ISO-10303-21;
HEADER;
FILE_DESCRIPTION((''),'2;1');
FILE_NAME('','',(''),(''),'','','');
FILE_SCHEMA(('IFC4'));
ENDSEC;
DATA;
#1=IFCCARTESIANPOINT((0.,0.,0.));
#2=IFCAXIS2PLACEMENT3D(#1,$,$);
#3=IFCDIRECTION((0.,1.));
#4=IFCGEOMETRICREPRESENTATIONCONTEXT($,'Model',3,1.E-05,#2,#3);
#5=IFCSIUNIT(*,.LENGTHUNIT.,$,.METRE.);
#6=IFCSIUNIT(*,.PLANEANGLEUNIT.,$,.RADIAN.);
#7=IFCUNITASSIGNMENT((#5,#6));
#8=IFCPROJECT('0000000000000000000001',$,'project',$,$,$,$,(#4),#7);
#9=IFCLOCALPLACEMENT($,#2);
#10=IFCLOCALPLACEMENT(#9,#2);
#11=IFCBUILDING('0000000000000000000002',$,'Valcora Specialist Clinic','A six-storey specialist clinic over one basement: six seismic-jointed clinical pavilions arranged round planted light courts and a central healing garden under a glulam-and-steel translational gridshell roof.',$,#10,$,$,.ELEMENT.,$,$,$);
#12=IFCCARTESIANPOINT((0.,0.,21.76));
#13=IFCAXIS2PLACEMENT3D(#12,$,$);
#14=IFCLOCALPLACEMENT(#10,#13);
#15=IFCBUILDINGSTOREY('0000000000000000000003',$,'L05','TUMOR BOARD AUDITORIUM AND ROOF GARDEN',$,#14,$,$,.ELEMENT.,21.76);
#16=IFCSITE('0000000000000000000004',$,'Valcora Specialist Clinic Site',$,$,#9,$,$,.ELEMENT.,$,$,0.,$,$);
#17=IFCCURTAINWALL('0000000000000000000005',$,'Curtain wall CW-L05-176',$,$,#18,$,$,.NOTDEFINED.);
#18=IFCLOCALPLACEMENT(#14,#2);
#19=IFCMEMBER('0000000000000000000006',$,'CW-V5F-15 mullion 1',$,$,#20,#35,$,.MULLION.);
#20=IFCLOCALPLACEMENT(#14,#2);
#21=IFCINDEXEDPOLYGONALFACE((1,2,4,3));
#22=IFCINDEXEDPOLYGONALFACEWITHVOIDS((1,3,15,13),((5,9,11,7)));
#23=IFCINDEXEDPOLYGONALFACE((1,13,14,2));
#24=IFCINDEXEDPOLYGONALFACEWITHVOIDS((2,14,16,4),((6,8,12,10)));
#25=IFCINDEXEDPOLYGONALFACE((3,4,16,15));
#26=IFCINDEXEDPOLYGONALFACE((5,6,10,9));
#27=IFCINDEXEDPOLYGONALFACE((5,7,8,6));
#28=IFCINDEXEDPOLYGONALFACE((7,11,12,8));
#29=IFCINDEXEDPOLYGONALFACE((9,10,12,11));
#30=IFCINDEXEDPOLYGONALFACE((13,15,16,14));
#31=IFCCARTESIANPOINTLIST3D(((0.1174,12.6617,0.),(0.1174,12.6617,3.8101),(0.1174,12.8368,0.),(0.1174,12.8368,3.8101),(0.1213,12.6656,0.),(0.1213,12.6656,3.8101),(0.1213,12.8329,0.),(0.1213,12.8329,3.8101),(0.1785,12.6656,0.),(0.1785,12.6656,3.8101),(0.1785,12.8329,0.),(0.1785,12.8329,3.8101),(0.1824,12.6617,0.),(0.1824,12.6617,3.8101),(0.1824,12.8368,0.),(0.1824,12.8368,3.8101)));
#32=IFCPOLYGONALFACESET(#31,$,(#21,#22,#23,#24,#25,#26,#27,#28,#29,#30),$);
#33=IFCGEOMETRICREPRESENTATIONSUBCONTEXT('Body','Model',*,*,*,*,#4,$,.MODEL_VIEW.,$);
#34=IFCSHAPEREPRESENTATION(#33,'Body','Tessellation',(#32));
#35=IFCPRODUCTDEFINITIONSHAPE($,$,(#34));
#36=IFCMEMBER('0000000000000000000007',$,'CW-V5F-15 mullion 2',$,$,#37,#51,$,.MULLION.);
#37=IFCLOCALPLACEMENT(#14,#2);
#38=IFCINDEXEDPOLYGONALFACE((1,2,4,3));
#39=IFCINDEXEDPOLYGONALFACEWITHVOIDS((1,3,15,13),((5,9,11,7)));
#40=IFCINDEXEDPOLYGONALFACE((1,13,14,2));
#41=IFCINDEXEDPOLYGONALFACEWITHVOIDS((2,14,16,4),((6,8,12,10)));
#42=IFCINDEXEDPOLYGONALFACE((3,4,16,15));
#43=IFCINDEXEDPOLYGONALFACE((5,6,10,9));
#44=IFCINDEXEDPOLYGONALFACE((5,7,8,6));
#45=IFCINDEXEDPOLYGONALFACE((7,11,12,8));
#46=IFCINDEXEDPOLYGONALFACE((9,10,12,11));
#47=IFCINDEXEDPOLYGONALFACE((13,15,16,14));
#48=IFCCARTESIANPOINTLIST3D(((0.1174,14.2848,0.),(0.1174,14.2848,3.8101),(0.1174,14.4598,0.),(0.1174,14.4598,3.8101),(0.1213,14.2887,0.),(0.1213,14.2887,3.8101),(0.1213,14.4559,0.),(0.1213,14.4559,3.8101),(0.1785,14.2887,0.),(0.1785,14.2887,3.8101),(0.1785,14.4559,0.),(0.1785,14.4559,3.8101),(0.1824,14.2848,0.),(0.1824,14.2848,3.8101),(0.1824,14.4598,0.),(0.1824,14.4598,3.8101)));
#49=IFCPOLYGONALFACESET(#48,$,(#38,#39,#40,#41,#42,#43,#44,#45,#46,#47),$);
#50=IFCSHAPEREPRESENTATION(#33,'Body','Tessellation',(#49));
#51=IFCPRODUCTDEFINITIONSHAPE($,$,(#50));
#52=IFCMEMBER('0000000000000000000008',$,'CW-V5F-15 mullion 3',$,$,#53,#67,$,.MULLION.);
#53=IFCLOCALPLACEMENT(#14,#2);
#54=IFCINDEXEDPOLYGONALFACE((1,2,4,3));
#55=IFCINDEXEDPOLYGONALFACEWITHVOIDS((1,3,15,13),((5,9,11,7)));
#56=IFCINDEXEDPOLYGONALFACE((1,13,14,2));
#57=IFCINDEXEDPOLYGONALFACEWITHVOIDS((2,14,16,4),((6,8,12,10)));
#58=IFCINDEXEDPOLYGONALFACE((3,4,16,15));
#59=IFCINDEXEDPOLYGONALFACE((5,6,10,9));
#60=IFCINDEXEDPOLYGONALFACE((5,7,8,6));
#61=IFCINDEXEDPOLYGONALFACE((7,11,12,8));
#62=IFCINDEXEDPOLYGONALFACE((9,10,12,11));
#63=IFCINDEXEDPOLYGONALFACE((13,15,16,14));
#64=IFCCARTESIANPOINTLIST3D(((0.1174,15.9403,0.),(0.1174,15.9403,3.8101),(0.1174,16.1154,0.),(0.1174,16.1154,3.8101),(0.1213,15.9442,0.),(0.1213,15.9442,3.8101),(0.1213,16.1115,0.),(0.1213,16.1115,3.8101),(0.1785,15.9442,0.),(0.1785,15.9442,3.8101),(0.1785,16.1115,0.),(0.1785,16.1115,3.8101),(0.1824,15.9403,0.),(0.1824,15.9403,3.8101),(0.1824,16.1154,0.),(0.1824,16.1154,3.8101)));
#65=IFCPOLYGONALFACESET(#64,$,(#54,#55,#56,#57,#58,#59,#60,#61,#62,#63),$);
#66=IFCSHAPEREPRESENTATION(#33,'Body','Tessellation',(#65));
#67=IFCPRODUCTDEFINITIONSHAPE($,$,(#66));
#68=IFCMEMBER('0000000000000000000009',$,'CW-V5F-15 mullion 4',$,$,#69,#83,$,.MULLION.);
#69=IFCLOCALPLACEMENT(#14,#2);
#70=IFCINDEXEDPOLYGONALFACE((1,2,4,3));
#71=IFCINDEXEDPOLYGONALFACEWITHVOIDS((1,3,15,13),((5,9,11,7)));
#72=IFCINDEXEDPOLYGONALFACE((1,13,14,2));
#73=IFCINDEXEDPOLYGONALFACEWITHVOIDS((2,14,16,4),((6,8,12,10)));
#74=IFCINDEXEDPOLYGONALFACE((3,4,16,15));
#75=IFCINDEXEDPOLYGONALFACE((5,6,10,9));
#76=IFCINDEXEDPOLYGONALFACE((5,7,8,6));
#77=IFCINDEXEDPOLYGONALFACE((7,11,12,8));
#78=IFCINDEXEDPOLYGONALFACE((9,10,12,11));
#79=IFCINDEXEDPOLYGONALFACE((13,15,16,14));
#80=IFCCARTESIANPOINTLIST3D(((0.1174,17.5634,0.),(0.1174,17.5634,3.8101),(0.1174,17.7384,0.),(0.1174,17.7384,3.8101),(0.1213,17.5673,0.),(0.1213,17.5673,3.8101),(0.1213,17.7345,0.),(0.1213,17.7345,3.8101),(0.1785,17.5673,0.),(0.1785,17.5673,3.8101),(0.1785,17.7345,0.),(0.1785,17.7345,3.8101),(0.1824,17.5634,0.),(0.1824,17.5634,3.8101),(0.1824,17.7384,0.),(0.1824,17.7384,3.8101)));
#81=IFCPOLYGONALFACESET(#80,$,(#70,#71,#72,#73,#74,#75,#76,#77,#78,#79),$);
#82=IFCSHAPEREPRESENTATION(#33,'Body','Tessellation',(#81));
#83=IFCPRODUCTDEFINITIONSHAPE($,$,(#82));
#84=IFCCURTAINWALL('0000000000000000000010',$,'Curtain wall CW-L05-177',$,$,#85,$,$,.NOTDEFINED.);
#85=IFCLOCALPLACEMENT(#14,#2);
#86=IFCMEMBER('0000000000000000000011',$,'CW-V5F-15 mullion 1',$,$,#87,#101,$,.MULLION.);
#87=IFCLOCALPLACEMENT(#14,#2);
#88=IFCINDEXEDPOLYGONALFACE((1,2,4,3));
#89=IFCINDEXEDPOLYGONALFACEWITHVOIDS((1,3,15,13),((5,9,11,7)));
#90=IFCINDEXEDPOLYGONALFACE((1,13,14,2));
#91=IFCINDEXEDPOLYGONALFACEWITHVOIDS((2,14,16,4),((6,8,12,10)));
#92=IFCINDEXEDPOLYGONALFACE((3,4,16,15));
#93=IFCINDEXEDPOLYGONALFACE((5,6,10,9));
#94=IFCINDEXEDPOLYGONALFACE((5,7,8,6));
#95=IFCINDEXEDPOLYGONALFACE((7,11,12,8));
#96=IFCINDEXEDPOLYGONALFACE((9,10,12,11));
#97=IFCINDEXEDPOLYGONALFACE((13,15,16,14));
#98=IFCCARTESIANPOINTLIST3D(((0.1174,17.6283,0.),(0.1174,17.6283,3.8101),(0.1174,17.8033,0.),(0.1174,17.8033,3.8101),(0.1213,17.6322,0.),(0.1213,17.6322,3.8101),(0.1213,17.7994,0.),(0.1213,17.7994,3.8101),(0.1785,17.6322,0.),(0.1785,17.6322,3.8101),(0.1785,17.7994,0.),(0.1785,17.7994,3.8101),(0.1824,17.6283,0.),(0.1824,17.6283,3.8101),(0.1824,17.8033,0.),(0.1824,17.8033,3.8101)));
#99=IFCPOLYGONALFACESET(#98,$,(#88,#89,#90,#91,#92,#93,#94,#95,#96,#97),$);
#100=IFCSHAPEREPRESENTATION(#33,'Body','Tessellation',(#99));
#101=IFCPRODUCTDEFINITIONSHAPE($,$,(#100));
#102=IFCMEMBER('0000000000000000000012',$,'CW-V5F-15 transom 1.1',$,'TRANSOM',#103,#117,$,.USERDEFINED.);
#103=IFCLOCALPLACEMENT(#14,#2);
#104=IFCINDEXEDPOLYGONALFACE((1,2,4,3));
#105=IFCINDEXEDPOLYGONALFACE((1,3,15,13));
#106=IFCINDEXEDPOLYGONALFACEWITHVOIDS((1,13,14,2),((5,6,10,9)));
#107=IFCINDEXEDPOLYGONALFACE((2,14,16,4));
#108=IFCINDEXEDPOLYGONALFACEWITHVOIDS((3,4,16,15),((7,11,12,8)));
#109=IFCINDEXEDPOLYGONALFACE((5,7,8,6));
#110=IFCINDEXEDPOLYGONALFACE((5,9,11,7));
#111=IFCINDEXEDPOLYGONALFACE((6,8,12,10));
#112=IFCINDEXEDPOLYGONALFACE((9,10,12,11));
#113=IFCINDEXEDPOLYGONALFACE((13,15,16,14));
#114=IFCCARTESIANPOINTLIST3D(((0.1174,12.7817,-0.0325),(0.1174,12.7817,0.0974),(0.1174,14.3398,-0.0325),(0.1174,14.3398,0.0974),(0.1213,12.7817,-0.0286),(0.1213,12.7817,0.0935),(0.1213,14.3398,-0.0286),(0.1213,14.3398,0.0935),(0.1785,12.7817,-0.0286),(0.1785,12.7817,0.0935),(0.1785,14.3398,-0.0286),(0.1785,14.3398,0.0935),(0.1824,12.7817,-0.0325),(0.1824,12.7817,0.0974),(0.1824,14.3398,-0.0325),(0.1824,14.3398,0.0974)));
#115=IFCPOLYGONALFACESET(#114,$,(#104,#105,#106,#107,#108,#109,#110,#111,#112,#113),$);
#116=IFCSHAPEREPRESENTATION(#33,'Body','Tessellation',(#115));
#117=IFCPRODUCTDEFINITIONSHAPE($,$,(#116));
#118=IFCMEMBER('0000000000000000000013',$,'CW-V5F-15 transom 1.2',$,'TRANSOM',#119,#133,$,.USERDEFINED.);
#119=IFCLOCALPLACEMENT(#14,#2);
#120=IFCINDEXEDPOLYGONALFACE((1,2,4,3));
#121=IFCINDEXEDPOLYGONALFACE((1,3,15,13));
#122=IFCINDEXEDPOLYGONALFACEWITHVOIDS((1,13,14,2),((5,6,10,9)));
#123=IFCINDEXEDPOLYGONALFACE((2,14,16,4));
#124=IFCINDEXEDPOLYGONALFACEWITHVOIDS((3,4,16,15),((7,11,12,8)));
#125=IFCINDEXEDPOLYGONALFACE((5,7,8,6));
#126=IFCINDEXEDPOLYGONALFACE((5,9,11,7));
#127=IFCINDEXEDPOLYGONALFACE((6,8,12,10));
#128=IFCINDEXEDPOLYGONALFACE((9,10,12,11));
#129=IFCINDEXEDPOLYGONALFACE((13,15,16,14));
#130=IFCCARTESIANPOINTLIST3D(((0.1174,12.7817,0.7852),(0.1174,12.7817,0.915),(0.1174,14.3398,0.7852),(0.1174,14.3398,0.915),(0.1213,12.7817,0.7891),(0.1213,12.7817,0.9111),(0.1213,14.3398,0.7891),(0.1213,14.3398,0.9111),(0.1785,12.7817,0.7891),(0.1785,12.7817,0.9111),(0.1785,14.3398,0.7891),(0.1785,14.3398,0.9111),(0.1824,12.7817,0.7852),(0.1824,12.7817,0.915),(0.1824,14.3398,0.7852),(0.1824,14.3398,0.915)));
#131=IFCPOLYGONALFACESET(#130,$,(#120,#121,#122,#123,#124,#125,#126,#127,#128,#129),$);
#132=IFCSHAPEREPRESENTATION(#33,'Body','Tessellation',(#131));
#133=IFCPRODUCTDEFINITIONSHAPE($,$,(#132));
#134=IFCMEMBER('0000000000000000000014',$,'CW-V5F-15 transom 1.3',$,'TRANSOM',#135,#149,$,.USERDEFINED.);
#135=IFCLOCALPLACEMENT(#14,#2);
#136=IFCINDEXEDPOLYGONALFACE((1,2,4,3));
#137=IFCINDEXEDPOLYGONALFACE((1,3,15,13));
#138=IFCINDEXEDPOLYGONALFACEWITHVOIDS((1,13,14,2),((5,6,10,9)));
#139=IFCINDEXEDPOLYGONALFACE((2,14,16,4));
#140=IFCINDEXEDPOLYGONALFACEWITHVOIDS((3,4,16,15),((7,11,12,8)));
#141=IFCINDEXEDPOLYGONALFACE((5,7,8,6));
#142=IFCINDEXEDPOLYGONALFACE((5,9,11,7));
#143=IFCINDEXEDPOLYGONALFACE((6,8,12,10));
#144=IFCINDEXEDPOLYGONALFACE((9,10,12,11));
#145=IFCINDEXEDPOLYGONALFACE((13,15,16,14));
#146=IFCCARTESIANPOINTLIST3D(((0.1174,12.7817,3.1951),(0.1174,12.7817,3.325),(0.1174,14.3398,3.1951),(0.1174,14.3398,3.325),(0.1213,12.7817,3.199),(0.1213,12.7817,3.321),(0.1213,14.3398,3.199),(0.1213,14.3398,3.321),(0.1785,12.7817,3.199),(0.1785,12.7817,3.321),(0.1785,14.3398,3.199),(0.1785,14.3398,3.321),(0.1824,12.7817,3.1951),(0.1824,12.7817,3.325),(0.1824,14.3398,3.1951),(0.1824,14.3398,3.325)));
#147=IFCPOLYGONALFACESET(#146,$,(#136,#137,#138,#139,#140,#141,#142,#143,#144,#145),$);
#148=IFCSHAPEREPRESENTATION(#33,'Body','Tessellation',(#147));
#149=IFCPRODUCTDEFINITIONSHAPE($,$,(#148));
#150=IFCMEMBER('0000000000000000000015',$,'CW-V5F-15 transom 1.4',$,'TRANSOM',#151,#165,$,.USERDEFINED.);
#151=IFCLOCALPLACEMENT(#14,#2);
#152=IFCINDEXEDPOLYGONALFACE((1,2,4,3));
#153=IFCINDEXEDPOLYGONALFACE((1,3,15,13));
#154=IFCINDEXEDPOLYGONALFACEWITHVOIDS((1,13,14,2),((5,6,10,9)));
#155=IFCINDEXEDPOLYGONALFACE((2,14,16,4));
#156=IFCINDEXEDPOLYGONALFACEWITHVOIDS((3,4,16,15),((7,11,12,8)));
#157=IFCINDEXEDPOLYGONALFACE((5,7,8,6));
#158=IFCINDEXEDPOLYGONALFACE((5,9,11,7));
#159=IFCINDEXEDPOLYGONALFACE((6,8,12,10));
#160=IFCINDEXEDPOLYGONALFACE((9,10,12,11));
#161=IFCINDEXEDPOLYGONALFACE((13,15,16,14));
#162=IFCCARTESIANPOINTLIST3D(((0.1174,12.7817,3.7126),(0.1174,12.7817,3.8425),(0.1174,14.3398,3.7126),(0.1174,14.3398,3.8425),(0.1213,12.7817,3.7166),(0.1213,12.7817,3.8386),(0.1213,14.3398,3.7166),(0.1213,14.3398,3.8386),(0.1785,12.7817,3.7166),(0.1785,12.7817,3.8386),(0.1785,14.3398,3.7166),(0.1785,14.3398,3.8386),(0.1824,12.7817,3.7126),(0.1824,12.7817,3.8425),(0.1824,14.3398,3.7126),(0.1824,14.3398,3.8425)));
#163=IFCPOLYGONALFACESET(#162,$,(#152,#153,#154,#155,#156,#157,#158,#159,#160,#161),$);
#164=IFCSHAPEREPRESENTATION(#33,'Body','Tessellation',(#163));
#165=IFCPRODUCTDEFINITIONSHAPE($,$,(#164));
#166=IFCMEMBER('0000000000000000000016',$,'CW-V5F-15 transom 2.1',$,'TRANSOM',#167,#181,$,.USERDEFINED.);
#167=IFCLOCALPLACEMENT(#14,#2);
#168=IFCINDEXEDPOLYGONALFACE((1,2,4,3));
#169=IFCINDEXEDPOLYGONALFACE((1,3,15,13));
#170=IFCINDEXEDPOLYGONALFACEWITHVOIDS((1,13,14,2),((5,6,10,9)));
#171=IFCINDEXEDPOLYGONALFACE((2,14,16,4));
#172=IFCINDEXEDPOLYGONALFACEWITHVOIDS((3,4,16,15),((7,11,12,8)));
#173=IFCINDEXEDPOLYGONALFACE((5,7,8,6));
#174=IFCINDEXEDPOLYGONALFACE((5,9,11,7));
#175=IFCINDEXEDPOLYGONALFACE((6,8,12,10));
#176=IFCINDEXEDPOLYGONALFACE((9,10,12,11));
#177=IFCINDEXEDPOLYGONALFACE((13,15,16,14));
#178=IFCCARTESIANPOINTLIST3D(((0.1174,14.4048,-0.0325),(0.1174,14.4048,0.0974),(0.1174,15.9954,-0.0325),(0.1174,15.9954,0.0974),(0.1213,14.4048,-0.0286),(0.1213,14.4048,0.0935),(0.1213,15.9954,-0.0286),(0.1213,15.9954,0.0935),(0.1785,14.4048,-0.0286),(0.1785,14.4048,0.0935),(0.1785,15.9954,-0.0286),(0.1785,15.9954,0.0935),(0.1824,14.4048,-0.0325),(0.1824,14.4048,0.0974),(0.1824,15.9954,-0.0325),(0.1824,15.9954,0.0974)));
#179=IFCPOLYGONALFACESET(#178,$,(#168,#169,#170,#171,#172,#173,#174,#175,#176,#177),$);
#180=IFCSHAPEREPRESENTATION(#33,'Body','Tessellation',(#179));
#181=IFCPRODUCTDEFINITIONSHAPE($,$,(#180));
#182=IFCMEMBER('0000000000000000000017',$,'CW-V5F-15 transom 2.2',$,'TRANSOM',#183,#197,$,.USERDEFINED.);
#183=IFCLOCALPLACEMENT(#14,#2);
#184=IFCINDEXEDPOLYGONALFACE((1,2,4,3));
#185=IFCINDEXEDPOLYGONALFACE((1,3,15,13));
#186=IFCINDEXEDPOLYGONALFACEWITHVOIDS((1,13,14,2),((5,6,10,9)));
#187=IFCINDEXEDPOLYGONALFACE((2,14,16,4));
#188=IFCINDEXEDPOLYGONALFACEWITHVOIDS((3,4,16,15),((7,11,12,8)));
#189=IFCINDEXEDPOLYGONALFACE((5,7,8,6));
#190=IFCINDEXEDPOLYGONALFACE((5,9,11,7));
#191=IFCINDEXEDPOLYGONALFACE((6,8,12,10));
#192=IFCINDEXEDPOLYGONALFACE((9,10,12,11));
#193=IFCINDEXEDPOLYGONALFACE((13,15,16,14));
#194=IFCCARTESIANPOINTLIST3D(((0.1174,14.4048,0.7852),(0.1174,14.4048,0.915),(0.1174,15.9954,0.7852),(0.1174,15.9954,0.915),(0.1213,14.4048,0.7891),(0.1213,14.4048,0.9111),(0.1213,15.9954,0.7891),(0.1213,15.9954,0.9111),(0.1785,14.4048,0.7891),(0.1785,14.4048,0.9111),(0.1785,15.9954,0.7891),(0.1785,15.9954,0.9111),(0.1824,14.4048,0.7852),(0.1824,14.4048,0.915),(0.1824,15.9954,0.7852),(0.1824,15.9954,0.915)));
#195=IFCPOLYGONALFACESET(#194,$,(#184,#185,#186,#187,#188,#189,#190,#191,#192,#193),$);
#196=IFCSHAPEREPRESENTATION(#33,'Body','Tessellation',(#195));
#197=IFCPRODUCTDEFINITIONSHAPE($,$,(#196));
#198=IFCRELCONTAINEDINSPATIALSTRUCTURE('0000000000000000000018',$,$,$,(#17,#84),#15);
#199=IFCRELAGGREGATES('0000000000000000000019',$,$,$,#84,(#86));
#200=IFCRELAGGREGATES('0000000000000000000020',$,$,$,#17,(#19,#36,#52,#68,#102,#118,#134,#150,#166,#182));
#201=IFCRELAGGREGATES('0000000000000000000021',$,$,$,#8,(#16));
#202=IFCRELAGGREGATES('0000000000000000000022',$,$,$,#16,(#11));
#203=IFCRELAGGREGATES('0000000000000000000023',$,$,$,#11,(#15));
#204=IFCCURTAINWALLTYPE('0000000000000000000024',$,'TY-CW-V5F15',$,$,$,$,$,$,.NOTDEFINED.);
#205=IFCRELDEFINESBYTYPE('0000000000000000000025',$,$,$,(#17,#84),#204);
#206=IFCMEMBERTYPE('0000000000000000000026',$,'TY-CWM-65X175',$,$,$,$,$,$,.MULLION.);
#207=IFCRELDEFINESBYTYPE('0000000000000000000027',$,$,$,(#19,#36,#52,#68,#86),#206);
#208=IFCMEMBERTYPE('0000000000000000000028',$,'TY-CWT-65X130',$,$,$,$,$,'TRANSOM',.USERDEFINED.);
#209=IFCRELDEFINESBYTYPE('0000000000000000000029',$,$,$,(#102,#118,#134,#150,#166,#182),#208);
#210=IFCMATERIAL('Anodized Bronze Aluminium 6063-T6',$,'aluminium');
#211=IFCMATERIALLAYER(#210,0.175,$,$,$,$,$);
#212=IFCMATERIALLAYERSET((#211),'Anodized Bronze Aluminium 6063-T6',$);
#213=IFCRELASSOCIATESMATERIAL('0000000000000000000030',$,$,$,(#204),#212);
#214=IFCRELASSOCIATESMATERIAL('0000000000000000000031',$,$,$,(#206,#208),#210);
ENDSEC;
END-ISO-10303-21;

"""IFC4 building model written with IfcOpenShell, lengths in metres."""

from ifc_helpers import new_model, si_unit, direction, frame, origin, origin_2d, place, context, subcontext, project, spatial, hollow_rectangle, extrude, material, layer, layer_set, material_profile, profile_set, type_object, element, aggregate, save


model = new_model("IFC4")

# Units and contexts
model_context = context("Model", 3, precision=1e-05, world=origin(), true_north=direction((0.0, 1.0)))
body_context = subcontext(model_context, "Body", "Model", "MODEL_VIEW")
ifc_project = project(units=[si_unit("LENGTHUNIT", "METRE"), si_unit("PLANEANGLEUNIT", "RADIAN")], contexts=[model_context])

# Site, building, storey
site_placement = place(None, origin())
site = spatial("IfcSite", under=ifc_project, at=site_placement, Name="Valcora Specialist Clinic Site", CompositionType="ELEMENT", RefElevation=0.0)
building_placement = place(site_placement, origin())
building = spatial("IfcBuilding", under=site, at=building_placement, Name="Valcora Specialist Clinic", Description="A six-storey specialist clinic over one basement: six seismic-jointed clinical pavilions arranged round planted light courts and a central healing garden under a glulam-and-steel translational gridshell roof.", CompositionType="ELEMENT")
storey_placement = place(building_placement, frame((0.0, 0.0, 21.76)))
storey = spatial("IfcBuildingStorey", under=building, at=storey_placement, Name="L05", Description="TUMOR BOARD AUDITORIUM AND ROOF GARDEN", CompositionType="ELEMENT", Elevation=21.76)

# Curtain wall, members
ifc_material_1 = material(Name="Anodized Bronze Aluminium 6063-T6", Category="aluminium")
ifc_layer_1 = layer(ifc_material_1, 0.175)
ifc_layer_set_1 = layer_set([ifc_layer_1], Name="Anodized Bronze Aluminium 6063-T6")
curtain_wall_type = type_object("IfcCurtainWallType", Name="TY-CW-V5F15", PredefinedType="NOTDEFINED", material=ifc_layer_set_1)
curtain_wall_1_placement = place(storey_placement, origin())
curtain_wall_1 = element("IfcCurtainWall", 1, at=curtain_wall_1_placement, inside=storey, type_object=curtain_wall_type, Name="Curtain wall CW-L05-176", PredefinedType="NOTDEFINED")
ifc_material_profile_1 = material_profile(ifc_material_1, hollow_rectangle(XDim=0.0649, YDim=0.175, WallThickness=0.0039, at=origin_2d()), Name="AL-MUL-65X175")
ifc_profile_set_1 = profile_set([ifc_material_profile_1], Name="Anodized Bronze Aluminium 6063-T6")
member_type_1 = type_object("IfcMemberType", Name="TY-CWM-65X175", PredefinedType="MULLION", material=ifc_profile_set_1)
member_1_placement = place(storey_placement, frame((0.1499, 12.7493, 0.0), z_axis=(0.0, 0.0, 1.0), x_axis=(-1.0, 0.0, 0.0)))
member_1 = element("IfcMember", 2, at=member_1_placement, type_object=member_type_1, Name="CW-V5F-15 mullion 1", PredefinedType="MULLION", context=body_context, shape_type="SweptSolid", body=[
    extrude(hollow_rectangle(XDim=0.0649, YDim=0.175, WallThickness=0.0039, at=origin_2d()), origin(), (0.0, 0.0, 1.0), 3.8101),
])
member_2_placement = place(storey_placement, frame((0.1499, 14.3723, 0.0), z_axis=(0.0, 0.0, 1.0), x_axis=(-1.0, 0.0, 0.0)))
member_2 = element("IfcMember", 3, at=member_2_placement, type_object=member_type_1, Name="CW-V5F-15 mullion 2", PredefinedType="MULLION", context=body_context, shape_type="SweptSolid", body=[
    extrude(hollow_rectangle(XDim=0.0649, YDim=0.175, WallThickness=0.0039, at=origin_2d()), origin(), (0.0, 0.0, 1.0), 3.8101),
])
member_3_placement = place(storey_placement, frame((0.1499, 16.0278, 0.0), z_axis=(0.0, 0.0, 1.0), x_axis=(-1.0, 0.0, 0.0)))
member_3 = element("IfcMember", 4, at=member_3_placement, type_object=member_type_1, Name="CW-V5F-15 mullion 3", PredefinedType="MULLION", context=body_context, shape_type="SweptSolid", body=[
    extrude(hollow_rectangle(XDim=0.0649, YDim=0.175, WallThickness=0.0039, at=origin_2d()), origin(), (0.0, 0.0, 1.0), 3.8101),
])
member_4_placement = place(storey_placement, frame((0.1499, 17.6509, 0.0), z_axis=(0.0, 0.0, 1.0), x_axis=(-1.0, 0.0, 0.0)))
member_4 = element("IfcMember", 5, at=member_4_placement, type_object=member_type_1, Name="CW-V5F-15 mullion 4", PredefinedType="MULLION", context=body_context, shape_type="SweptSolid", body=[
    extrude(hollow_rectangle(XDim=0.0649, YDim=0.175, WallThickness=0.0039, at=origin_2d()), origin(), (0.0, 0.0, 1.0), 3.8101),
])

# Curtain wall, member
curtain_wall_2_placement = place(storey_placement, origin())
curtain_wall_2 = element("IfcCurtainWall", 6, at=curtain_wall_2_placement, inside=storey, type_object=curtain_wall_type, Name="Curtain wall CW-L05-177", PredefinedType="NOTDEFINED")
member_5_placement = place(storey_placement, frame((0.1499, 17.7158, 0.0), z_axis=(0.0, 0.0, 1.0), x_axis=(-1.0, 0.0, 0.0)))
member_5 = element("IfcMember", 7, at=member_5_placement, type_object=member_type_1, Name="CW-V5F-15 mullion 1", PredefinedType="MULLION", context=body_context, shape_type="SweptSolid", body=[
    extrude(hollow_rectangle(XDim=0.0649, YDim=0.175, WallThickness=0.0039, at=origin_2d()), origin(), (0.0, 0.0, 1.0), 3.8101),
])

# Members
ifc_material_profile_2 = material_profile(ifc_material_1, hollow_rectangle(XDim=0.0649, YDim=0.1299, WallThickness=0.0039, at=origin_2d()), Name="AL-TRN-65X130")
ifc_profile_set_2 = profile_set([ifc_material_profile_2], Name="Anodized Bronze Aluminium 6063-T6")
member_type_2 = type_object("IfcMemberType", Name="TY-CWT-65X130", ElementType="TRANSOM", PredefinedType="USERDEFINED", material=ifc_profile_set_2)
member_6_placement = place(storey_placement, frame((0.1499, 12.7817, 0.0325), z_axis=(0.0, 1.0, 0.0), x_axis=(-1.0, 0.0, 0.0)))
member_6 = element("IfcMember", 8, at=member_6_placement, type_object=member_type_2, Name="CW-V5F-15 transom 1.1", ObjectType="TRANSOM", PredefinedType="USERDEFINED", context=body_context, shape_type="SweptSolid", body=[
    extrude(hollow_rectangle(XDim=0.0649, YDim=0.1299, WallThickness=0.0039, at=origin_2d()), origin(), (0.0, 0.0, 1.0), 1.5581),
])
member_7_placement = place(storey_placement, frame((0.1499, 12.7817, 0.8501), z_axis=(0.0, 1.0, 0.0), x_axis=(-1.0, 0.0, 0.0)))
member_7 = element("IfcMember", 9, at=member_7_placement, type_object=member_type_2, Name="CW-V5F-15 transom 1.2", ObjectType="TRANSOM", PredefinedType="USERDEFINED", context=body_context, shape_type="SweptSolid", body=[
    extrude(hollow_rectangle(XDim=0.0649, YDim=0.1299, WallThickness=0.0039, at=origin_2d()), origin(), (0.0, 0.0, 1.0), 1.5581),
])
member_8_placement = place(storey_placement, frame((0.1499, 12.7817, 3.26), z_axis=(0.0, 1.0, 0.0), x_axis=(-1.0, 0.0, 0.0)))
member_8 = element("IfcMember", 10, at=member_8_placement, type_object=member_type_2, Name="CW-V5F-15 transom 1.3", ObjectType="TRANSOM", PredefinedType="USERDEFINED", context=body_context, shape_type="SweptSolid", body=[
    extrude(hollow_rectangle(XDim=0.0649, YDim=0.1299, WallThickness=0.0039, at=origin_2d()), origin(), (0.0, 0.0, 1.0), 1.5581),
])
member_9_placement = place(storey_placement, frame((0.1499, 12.7817, 3.7776), z_axis=(0.0, 1.0, 0.0), x_axis=(-1.0, 0.0, 0.0)))
member_9 = element("IfcMember", 11, at=member_9_placement, type_object=member_type_2, Name="CW-V5F-15 transom 1.4", ObjectType="TRANSOM", PredefinedType="USERDEFINED", context=body_context, shape_type="SweptSolid", body=[
    extrude(hollow_rectangle(XDim=0.0649, YDim=0.1299, WallThickness=0.0039, at=origin_2d()), origin(), (0.0, 0.0, 1.0), 1.5581),
])
member_10_placement = place(storey_placement, frame((0.1499, 14.4048, 0.0325), z_axis=(0.0, 1.0, 0.0), x_axis=(-1.0, 0.0, 0.0)))
member_10 = element("IfcMember", 12, at=member_10_placement, type_object=member_type_2, Name="CW-V5F-15 transom 2.1", ObjectType="TRANSOM", PredefinedType="USERDEFINED", context=body_context, shape_type="SweptSolid", body=[
    extrude(hollow_rectangle(XDim=0.0649, YDim=0.1299, WallThickness=0.0039, at=origin_2d()), origin(), (0.0, 0.0, 1.0), 1.5906),
])
member_11_placement = place(storey_placement, frame((0.1499, 14.4048, 0.8501), z_axis=(0.0, 1.0, 0.0), x_axis=(-1.0, 0.0, 0.0)))
member_11 = element("IfcMember", 13, at=member_11_placement, type_object=member_type_2, Name="CW-V5F-15 transom 2.2", ObjectType="TRANSOM", PredefinedType="USERDEFINED", context=body_context, shape_type="SweptSolid", body=[
    extrude(hollow_rectangle(XDim=0.0649, YDim=0.1299, WallThickness=0.0039, at=origin_2d()), origin(), (0.0, 0.0, 1.0), 1.5906),
])
aggregate(curtain_wall_2, [member_5])

aggregate(curtain_wall_1, [member_1, member_2, member_3, member_4, member_6, member_7, member_8, member_9, member_10, member_11])

save(model, "model.ifc")
